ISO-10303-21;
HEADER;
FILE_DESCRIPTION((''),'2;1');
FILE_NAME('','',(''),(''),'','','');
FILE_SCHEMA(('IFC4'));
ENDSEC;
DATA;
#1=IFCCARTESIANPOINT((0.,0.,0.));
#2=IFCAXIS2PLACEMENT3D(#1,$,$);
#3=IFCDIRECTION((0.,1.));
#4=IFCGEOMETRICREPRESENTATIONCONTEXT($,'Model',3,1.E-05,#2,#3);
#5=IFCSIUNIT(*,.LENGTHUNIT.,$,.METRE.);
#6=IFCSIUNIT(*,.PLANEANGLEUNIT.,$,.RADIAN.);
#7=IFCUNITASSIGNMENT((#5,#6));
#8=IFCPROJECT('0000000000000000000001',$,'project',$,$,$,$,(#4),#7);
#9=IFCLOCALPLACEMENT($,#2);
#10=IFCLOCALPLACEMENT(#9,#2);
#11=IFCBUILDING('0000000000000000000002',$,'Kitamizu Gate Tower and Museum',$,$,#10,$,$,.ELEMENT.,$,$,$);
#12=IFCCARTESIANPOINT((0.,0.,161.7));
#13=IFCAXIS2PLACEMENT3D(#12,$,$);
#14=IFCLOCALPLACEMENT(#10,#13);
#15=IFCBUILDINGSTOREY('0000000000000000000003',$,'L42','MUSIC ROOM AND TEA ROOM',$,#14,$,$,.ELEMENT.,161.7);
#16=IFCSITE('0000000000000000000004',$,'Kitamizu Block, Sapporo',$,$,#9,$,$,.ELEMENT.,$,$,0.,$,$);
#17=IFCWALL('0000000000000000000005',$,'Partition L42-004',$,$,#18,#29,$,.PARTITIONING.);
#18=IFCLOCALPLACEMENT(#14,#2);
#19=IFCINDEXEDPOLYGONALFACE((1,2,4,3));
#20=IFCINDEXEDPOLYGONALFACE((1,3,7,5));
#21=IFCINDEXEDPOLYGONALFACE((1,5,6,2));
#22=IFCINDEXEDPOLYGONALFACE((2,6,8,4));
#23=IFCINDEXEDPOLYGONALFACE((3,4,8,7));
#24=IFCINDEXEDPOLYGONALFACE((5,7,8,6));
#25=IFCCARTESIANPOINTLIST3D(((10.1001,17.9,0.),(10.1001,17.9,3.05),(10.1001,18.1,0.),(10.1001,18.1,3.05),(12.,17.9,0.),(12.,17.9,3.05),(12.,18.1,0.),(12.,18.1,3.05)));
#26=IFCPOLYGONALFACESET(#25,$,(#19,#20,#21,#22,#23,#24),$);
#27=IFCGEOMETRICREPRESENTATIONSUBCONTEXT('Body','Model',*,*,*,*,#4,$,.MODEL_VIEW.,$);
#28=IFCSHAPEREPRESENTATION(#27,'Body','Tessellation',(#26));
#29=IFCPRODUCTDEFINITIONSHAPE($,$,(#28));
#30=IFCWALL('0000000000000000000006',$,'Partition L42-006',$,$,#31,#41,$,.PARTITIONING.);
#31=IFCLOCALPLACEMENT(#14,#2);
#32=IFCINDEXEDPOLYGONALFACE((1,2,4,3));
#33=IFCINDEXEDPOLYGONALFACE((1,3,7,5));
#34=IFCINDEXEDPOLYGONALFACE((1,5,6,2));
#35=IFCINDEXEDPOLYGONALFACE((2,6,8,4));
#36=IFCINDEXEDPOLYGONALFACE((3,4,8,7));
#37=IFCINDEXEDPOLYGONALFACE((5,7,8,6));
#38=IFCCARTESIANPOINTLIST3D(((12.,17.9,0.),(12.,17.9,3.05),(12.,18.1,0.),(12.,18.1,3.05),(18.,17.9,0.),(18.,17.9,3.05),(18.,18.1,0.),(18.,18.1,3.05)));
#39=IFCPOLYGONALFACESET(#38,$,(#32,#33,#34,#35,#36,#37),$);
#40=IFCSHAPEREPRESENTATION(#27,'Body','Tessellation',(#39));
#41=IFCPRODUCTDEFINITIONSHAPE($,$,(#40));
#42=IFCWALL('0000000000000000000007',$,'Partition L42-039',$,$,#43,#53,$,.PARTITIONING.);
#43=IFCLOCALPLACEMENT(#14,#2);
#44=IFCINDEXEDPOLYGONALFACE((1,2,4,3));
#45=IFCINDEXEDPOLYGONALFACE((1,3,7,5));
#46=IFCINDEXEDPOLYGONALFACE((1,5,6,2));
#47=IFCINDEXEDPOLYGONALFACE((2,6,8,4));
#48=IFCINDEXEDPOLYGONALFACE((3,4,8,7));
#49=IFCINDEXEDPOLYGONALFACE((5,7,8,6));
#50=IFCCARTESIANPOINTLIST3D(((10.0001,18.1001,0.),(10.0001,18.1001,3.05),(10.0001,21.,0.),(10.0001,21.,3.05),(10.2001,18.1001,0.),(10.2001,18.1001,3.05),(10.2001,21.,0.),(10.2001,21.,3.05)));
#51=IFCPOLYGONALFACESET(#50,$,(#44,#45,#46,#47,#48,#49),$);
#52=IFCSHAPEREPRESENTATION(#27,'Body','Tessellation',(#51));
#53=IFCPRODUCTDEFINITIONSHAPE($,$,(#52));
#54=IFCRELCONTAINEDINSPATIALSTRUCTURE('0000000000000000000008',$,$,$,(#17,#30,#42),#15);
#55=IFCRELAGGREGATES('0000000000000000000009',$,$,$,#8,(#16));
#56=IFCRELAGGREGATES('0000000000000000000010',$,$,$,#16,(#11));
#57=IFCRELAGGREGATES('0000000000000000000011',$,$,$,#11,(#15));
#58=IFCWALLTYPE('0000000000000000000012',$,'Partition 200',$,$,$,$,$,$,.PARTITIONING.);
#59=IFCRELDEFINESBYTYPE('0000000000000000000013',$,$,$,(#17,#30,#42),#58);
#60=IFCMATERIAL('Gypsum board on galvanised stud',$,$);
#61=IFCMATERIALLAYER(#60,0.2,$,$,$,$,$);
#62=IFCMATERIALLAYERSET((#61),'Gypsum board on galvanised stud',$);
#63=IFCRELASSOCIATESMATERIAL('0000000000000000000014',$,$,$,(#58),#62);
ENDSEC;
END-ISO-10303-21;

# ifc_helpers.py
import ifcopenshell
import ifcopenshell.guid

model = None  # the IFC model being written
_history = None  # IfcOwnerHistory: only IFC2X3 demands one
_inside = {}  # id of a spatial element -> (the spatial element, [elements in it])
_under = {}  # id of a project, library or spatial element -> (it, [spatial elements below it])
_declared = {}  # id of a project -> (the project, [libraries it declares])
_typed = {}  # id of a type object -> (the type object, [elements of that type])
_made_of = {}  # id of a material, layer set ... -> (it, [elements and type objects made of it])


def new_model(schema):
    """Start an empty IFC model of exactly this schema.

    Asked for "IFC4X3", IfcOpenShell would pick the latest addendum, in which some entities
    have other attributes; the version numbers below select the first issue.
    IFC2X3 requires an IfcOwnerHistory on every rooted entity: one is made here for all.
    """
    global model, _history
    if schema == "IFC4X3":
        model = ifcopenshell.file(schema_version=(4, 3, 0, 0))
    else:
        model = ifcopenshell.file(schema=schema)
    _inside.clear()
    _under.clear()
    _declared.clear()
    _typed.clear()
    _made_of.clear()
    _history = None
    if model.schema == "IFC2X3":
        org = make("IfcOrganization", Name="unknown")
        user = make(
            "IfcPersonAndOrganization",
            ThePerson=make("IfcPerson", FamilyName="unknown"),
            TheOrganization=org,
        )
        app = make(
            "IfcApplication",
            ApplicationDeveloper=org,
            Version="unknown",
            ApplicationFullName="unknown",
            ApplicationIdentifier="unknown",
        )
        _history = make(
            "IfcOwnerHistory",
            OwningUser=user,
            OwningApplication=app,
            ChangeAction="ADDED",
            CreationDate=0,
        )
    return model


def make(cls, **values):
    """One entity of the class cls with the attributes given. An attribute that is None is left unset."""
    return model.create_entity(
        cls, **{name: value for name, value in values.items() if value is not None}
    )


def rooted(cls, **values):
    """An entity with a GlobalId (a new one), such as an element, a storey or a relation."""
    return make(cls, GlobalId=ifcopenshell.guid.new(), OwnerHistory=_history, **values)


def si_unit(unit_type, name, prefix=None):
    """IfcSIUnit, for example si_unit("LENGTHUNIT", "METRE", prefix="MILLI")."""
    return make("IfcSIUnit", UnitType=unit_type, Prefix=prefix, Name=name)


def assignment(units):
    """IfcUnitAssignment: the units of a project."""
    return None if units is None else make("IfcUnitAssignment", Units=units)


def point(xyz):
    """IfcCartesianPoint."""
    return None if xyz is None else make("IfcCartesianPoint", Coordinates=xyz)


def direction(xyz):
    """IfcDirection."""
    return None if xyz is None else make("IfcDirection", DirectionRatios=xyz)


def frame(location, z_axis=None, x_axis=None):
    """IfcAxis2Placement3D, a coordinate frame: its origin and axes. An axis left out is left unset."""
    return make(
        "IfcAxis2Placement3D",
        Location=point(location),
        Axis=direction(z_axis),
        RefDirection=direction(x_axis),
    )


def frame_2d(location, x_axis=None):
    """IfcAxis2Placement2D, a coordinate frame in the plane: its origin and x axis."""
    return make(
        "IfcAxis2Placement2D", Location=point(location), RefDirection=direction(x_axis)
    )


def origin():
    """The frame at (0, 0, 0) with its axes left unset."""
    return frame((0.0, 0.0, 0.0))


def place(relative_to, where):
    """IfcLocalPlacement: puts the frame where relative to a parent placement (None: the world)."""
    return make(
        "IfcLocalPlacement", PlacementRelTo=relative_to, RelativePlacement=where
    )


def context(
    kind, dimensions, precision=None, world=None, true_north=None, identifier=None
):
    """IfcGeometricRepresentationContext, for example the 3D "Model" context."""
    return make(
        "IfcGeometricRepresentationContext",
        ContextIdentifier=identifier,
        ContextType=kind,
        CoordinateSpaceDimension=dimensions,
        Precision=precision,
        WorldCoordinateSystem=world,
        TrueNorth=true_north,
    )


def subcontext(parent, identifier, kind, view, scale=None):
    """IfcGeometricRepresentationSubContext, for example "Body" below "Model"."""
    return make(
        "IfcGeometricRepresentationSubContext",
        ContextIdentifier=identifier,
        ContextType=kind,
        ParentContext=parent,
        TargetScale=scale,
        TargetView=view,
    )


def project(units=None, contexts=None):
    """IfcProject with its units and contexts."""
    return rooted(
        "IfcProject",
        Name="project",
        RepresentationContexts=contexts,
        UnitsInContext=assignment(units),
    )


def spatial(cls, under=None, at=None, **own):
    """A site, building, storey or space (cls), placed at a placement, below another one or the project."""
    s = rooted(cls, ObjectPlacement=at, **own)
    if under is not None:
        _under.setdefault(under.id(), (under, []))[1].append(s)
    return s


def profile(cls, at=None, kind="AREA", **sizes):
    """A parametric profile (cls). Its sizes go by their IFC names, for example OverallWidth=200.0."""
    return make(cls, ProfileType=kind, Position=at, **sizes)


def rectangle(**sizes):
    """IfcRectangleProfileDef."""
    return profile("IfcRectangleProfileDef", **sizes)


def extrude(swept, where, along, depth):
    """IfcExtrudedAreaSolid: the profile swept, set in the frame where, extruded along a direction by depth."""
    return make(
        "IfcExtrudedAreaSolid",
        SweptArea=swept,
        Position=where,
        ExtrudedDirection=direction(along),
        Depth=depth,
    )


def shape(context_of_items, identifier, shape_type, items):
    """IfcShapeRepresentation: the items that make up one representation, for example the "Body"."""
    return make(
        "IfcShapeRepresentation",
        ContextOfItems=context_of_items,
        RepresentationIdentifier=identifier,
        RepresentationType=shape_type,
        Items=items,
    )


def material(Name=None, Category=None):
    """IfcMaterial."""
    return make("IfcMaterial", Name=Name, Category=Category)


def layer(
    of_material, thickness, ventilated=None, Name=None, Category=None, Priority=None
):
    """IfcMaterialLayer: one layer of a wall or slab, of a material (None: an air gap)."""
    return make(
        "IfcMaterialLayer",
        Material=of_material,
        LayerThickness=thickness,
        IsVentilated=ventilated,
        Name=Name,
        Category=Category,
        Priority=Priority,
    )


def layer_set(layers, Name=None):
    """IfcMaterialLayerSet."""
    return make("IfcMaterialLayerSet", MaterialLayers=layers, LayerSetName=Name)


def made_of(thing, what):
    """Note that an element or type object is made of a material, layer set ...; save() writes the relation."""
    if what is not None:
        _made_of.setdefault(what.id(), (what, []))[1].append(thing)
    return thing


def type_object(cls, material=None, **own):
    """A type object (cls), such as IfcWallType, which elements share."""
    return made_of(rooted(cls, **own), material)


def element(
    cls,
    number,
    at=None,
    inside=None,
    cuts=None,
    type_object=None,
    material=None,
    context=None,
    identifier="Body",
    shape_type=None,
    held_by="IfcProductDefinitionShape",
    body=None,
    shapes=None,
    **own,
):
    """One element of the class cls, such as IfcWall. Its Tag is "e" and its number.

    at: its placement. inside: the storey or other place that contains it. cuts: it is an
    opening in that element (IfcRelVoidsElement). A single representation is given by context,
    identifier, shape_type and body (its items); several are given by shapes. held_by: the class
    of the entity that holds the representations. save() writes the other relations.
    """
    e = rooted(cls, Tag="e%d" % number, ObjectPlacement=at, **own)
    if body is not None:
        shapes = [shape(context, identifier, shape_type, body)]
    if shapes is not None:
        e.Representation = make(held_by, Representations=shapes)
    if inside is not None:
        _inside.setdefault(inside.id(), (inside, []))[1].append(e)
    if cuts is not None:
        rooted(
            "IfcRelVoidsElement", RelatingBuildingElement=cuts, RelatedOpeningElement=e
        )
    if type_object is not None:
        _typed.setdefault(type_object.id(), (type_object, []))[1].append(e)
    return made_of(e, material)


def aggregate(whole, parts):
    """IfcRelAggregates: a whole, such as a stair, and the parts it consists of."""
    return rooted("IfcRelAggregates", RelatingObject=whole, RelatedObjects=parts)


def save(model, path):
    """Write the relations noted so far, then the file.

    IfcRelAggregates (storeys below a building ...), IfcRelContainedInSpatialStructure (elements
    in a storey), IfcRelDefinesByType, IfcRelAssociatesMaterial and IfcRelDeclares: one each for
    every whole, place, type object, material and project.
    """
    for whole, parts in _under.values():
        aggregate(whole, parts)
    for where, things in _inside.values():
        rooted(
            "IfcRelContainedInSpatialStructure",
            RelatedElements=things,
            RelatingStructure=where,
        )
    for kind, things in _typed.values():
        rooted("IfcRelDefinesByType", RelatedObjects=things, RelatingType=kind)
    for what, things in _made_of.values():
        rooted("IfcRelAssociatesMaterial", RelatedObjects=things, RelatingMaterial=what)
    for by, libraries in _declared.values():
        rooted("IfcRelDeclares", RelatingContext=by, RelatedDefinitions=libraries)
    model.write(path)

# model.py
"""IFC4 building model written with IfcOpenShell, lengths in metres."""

from ifc_helpers import new_model, si_unit, direction, frame, frame_2d, origin, place, context, subcontext, project, spatial, rectangle, extrude, material, layer, layer_set, type_object, element, save


model = new_model("IFC4")

# Units and contexts
model_context = context("Model", 3, precision=1e-05, world=origin(), true_north=direction((0.0, 1.0)))
body_context = subcontext(model_context, "Body", "Model", "MODEL_VIEW")
ifc_project = project(units=[si_unit("LENGTHUNIT", "METRE"), si_unit("PLANEANGLEUNIT", "RADIAN")], contexts=[model_context])

# Site, building, storey
site_placement = place(None, origin())
site = spatial("IfcSite", under=ifc_project, at=site_placement, Name="Kitamizu Block, Sapporo", CompositionType="ELEMENT", RefElevation=0.0)
building_placement = place(site_placement, origin())
building = spatial("IfcBuilding", under=site, at=building_placement, Name="Kitamizu Gate Tower and Museum", CompositionType="ELEMENT")
storey_placement = place(building_placement, frame((0.0, 0.0, 161.7)))
storey = spatial("IfcBuildingStorey", under=building, at=storey_placement, Name="L42", Description="MUSIC ROOM AND TEA ROOM", CompositionType="ELEMENT", Elevation=161.7)

# Walls
ifc_material_1 = material(Name="Gypsum board on galvanised stud")
ifc_layer_1 = layer(ifc_material_1, 0.2)
ifc_layer_set_1 = layer_set([ifc_layer_1], Name="Gypsum board on galvanised stud")
wall_type_1 = type_object("IfcWallType", Name="Partition 200", PredefinedType="PARTITIONING", material=ifc_layer_set_1)
wall_1_placement = place(storey_placement, frame((12.0, 18.0, 0.0), z_axis=(0.0, 0.0, 1.0), x_axis=(-1.0, 0.0, 0.0)))
element("IfcWall", 1, at=wall_1_placement, inside=storey, type_object=wall_type_1, Name="Partition L42-004", PredefinedType="PARTITIONING", context=body_context, shape_type="SweptSolid", body=[
    extrude(rectangle(XDim=1.8999, YDim=0.2, at=frame_2d((0.95, 0.0))), origin(), (0.0, 0.0, 1.0), 3.05),
])
wall_2_placement = place(storey_placement, frame((18.0, 18.0, 0.0), z_axis=(0.0, 0.0, 1.0), x_axis=(-1.0, 0.0, 0.0)))
element("IfcWall", 2, at=wall_2_placement, inside=storey, type_object=wall_type_1, Name="Partition L42-006", PredefinedType="PARTITIONING", context=body_context, shape_type="SweptSolid", body=[
    extrude(rectangle(XDim=6.0, YDim=0.2, at=frame_2d((3.0, 0.0))), origin(), (0.0, 0.0, 1.0), 3.05),
])
wall_3_placement = place(storey_placement, frame((10.1001, 18.1001, 0.0), z_axis=(0.0, 0.0, 1.0), x_axis=(0.0, 1.0, 0.0)))
element("IfcWall", 3, at=wall_3_placement, inside=storey, type_object=wall_type_1, Name="Partition L42-039", PredefinedType="PARTITIONING", context=body_context, shape_type="SweptSolid", body=[
    extrude(rectangle(XDim=2.8999, YDim=0.2, at=frame_2d((1.45, 0.0))), origin(), (0.0, 0.0, 1.0), 3.05),
])

save(model, "model.ifc")
